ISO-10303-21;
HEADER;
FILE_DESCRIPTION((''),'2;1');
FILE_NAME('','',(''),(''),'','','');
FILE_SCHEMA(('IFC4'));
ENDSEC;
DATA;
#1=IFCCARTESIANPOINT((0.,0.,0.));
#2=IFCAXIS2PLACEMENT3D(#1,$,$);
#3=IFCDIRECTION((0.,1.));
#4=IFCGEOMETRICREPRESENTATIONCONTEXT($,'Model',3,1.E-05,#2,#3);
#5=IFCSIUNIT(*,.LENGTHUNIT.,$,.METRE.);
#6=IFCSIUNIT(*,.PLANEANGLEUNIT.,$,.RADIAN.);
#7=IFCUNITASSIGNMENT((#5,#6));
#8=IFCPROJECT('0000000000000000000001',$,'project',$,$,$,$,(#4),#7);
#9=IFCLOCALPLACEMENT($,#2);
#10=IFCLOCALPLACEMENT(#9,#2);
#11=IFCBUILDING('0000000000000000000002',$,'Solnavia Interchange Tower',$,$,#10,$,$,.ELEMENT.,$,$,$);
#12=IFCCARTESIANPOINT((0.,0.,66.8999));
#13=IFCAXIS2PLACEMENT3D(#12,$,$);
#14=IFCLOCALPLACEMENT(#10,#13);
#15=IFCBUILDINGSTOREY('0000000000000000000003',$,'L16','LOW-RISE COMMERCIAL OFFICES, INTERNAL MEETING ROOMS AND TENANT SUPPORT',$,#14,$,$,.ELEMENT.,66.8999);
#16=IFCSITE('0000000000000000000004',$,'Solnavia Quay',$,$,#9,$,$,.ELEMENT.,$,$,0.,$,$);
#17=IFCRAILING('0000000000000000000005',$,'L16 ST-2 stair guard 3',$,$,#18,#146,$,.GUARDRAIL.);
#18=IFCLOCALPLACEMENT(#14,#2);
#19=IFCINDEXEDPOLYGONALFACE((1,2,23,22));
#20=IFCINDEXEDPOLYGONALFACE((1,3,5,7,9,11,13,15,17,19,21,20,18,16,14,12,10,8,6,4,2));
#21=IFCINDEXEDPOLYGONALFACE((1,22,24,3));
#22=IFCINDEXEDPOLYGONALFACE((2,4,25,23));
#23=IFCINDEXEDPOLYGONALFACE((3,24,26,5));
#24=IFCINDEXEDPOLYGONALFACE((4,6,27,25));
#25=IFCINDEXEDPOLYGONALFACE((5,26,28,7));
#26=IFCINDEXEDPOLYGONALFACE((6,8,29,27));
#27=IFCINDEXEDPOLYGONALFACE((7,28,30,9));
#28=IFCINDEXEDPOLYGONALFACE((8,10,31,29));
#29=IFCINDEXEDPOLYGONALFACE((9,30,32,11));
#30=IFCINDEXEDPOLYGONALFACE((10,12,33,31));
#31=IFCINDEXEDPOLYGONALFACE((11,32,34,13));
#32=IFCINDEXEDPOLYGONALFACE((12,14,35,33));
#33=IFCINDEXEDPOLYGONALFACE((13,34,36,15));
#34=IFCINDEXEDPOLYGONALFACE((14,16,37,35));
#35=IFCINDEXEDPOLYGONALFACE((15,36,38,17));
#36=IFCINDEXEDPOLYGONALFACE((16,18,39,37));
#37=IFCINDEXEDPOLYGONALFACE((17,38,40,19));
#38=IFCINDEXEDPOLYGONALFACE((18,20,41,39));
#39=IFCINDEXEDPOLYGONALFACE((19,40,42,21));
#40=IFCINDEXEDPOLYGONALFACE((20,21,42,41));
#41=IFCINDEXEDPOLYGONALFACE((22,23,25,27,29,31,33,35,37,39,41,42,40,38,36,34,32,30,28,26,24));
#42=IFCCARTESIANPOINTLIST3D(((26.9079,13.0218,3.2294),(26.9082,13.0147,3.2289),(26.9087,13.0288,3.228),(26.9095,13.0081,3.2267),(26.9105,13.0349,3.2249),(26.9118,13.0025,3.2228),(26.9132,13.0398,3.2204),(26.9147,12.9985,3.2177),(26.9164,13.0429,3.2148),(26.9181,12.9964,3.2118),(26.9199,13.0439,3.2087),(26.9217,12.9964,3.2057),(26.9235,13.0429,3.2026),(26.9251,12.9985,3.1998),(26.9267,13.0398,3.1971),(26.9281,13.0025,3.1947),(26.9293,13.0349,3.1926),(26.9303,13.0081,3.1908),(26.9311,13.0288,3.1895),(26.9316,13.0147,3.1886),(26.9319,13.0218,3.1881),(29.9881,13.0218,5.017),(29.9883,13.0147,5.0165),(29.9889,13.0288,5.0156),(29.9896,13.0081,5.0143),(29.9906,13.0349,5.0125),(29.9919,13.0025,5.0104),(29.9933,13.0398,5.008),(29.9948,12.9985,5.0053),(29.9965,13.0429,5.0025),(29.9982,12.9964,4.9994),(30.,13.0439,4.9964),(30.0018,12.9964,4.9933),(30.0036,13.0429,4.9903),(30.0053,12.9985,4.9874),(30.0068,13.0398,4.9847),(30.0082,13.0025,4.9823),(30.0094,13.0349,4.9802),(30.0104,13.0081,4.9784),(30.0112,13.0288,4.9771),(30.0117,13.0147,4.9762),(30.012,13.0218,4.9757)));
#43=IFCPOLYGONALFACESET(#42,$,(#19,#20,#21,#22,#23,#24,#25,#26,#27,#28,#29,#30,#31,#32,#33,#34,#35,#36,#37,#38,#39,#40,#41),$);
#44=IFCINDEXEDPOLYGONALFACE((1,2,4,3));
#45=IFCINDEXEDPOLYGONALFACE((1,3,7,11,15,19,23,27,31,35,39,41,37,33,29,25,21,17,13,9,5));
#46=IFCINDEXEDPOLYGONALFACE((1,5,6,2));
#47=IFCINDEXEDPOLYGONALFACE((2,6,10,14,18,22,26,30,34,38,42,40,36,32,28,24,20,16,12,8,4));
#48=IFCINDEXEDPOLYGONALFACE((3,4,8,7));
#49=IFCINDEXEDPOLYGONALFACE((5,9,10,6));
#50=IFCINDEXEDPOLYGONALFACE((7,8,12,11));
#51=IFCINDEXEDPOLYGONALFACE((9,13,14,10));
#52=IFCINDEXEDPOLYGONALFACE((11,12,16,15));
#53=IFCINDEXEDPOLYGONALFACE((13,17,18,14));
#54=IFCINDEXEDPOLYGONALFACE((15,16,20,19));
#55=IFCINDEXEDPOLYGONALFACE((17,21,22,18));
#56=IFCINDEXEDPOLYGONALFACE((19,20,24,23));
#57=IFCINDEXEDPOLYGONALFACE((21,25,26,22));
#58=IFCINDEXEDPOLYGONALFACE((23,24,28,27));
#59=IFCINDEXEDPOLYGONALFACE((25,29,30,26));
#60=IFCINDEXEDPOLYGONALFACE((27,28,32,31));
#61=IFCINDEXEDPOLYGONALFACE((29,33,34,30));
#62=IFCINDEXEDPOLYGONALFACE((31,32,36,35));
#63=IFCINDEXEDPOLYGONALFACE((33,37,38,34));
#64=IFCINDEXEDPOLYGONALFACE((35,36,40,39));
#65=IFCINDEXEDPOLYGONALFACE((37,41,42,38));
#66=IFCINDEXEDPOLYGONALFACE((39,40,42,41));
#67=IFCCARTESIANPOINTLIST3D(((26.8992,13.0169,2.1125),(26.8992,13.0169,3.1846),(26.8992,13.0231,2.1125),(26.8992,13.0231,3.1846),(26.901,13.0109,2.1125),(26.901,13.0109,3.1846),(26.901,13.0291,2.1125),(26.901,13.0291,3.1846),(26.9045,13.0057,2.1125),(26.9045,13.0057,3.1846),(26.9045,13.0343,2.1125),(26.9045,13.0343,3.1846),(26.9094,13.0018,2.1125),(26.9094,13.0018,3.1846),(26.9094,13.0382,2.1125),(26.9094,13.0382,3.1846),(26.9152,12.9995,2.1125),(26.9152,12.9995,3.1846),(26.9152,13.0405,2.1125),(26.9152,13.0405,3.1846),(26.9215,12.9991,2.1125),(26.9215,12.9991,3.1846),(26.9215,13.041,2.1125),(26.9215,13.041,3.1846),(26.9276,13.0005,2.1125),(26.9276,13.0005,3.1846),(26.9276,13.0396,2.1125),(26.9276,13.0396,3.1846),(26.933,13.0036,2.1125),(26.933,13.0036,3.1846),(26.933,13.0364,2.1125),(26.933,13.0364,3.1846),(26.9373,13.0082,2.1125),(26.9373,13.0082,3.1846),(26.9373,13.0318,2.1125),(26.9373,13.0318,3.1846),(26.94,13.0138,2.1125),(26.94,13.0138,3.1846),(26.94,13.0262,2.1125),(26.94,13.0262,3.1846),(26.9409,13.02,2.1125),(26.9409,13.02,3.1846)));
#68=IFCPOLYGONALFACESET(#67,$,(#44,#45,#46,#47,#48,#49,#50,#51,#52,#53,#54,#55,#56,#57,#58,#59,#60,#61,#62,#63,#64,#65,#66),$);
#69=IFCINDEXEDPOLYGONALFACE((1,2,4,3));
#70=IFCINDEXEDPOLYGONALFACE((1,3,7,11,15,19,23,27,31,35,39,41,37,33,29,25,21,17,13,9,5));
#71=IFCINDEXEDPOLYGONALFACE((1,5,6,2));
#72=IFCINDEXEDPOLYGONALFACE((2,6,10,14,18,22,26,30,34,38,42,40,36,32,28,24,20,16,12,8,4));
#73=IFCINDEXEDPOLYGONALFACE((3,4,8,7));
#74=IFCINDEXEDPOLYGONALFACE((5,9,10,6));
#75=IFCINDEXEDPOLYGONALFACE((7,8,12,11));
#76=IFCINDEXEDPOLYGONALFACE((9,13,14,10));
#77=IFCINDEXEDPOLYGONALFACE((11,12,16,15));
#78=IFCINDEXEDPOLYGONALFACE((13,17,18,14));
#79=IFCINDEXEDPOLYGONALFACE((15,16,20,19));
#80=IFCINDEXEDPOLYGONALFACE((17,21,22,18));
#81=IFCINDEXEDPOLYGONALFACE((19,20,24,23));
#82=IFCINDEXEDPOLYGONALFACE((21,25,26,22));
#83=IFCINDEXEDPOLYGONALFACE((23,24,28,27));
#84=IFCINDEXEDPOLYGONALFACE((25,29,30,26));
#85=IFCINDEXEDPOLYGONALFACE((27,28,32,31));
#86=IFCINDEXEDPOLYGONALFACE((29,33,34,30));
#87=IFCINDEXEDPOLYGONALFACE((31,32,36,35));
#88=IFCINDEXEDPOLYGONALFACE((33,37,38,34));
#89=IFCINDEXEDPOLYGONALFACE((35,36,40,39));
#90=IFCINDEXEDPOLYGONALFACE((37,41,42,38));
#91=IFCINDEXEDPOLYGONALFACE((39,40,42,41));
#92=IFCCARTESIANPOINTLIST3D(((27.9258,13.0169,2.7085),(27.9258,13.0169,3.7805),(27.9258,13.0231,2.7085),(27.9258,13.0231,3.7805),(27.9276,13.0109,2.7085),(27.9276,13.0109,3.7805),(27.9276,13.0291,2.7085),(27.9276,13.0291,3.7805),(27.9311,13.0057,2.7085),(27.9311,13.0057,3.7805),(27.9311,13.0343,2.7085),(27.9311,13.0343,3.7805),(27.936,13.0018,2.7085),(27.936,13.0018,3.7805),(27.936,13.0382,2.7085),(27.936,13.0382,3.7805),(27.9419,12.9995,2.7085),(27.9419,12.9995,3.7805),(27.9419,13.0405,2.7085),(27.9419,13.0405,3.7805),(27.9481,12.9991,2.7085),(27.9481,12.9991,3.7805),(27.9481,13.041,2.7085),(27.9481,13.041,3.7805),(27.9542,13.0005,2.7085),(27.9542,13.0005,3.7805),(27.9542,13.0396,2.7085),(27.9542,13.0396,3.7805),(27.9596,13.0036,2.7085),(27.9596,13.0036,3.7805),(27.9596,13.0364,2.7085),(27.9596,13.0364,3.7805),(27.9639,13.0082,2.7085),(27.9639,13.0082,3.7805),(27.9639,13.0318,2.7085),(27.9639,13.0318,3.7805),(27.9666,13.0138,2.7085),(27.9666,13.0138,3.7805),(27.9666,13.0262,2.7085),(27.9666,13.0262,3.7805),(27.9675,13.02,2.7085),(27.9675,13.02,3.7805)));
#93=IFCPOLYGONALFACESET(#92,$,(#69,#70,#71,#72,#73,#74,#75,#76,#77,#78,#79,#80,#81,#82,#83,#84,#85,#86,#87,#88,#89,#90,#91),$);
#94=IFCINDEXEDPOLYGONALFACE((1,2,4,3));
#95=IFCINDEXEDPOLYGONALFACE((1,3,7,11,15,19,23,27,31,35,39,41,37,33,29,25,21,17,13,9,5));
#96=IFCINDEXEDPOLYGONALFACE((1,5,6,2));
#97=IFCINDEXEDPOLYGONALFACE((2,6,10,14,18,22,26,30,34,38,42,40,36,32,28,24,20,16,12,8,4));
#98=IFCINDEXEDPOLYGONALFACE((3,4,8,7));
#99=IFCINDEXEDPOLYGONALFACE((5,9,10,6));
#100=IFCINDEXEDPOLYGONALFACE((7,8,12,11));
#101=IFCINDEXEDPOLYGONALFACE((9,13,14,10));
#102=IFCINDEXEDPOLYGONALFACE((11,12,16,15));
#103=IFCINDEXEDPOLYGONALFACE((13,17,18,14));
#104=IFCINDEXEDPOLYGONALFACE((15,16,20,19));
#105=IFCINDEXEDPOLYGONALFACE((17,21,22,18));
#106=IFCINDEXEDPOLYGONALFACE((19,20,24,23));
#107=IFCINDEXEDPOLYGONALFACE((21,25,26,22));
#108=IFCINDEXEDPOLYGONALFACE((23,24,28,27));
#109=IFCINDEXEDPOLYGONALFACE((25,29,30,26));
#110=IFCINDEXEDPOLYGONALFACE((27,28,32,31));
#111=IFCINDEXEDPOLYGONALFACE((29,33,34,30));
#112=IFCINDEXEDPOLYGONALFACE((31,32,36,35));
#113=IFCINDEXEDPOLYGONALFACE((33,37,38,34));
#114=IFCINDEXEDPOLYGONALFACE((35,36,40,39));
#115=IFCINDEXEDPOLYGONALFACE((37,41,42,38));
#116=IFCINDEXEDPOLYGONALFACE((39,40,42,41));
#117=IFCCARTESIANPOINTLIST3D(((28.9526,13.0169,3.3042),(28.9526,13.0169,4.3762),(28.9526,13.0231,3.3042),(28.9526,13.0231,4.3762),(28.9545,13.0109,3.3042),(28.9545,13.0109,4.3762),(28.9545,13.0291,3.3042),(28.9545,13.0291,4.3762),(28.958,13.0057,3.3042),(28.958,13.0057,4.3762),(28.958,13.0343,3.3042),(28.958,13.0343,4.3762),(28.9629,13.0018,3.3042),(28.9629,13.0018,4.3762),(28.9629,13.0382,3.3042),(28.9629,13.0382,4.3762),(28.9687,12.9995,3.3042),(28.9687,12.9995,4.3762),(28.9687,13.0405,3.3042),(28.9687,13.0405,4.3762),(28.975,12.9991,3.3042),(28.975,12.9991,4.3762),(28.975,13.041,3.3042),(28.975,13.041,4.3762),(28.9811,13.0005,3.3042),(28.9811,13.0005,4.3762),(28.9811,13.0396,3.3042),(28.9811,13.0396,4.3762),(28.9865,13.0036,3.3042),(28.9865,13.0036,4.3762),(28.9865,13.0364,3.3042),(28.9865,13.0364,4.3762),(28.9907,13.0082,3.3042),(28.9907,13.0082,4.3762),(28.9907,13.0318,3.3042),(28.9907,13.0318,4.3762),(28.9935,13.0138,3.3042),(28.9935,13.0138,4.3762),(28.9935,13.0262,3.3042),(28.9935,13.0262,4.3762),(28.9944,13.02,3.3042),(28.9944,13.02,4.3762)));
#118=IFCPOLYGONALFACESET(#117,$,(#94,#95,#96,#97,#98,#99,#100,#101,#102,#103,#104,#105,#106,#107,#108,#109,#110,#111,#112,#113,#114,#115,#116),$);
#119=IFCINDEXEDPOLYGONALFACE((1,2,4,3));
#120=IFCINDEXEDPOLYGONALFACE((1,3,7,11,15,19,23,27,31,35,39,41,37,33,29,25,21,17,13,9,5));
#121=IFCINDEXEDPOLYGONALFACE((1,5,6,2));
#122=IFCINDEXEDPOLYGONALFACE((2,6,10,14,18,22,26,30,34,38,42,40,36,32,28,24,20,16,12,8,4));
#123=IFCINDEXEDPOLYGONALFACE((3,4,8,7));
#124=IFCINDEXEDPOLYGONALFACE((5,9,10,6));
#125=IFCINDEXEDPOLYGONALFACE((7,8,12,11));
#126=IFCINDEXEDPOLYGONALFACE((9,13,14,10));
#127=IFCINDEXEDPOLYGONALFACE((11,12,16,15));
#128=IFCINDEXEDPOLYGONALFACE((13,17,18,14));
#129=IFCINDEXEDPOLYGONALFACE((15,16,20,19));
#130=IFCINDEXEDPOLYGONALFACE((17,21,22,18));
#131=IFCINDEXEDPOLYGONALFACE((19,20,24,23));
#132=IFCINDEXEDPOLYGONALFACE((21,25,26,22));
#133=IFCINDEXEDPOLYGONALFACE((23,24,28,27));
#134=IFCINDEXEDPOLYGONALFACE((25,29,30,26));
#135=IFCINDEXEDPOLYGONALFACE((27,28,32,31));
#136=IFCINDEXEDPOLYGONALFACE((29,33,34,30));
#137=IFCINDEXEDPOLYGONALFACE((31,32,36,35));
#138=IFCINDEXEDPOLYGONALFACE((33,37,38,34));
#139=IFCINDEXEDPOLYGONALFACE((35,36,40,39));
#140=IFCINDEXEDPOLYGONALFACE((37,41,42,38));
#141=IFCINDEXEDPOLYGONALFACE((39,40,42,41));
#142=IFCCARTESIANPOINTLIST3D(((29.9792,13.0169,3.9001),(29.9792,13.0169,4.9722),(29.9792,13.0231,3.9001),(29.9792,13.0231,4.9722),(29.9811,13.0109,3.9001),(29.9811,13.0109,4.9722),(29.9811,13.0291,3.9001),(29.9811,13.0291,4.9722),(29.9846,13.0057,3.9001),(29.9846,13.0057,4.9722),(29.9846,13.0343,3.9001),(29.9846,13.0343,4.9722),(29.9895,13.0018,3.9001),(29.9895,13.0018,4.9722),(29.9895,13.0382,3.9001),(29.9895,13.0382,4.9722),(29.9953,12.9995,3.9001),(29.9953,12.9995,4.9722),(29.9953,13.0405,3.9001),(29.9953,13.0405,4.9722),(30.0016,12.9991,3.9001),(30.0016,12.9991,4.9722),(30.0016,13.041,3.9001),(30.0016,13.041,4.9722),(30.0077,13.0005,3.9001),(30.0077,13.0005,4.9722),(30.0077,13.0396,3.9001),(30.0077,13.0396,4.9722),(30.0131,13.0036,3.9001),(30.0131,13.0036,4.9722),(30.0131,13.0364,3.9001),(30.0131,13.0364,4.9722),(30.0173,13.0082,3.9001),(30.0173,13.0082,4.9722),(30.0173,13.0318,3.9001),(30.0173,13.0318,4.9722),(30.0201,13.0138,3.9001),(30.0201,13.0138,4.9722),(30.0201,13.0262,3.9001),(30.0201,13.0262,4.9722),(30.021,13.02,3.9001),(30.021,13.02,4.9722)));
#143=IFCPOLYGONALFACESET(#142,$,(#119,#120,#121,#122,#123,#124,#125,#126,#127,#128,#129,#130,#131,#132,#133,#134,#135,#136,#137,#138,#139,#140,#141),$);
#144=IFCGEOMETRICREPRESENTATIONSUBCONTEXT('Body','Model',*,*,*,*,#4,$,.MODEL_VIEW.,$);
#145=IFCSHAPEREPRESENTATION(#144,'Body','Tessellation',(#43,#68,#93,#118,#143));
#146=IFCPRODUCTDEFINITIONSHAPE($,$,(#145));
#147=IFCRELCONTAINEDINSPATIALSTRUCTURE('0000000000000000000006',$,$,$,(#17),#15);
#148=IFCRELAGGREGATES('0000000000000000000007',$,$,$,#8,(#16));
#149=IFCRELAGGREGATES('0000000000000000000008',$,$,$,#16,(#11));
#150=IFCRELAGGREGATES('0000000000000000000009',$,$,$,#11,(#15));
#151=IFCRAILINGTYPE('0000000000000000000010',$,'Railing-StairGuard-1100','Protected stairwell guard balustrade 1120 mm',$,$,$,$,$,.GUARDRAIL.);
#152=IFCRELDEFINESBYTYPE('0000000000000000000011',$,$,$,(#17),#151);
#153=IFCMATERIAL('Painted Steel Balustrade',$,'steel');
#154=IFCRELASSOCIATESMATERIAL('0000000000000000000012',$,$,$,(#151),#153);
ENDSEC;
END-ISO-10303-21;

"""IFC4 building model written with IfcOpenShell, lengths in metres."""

from ifc_helpers import new_model, si_unit, direction, frame, origin, origin_2d, place, context, subcontext, project, spatial, circle, extrude, material, type_object, element, save


model = new_model("IFC4")

# Units and contexts
model_context = context("Model", 3, precision=1e-05, world=origin(), true_north=direction((0.0, 1.0)))
body_context = subcontext(model_context, "Body", "Model", "MODEL_VIEW")
ifc_project = project(units=[si_unit("LENGTHUNIT", "METRE"), si_unit("PLANEANGLEUNIT", "RADIAN")], contexts=[model_context])

# Site, building, storey
site_placement = place(None, origin())
site = spatial("IfcSite", under=ifc_project, at=site_placement, Name="Solnavia Quay", CompositionType="ELEMENT", RefElevation=0.0)
building_placement = place(site_placement, origin())
building = spatial("IfcBuilding", under=site, at=building_placement, Name="Solnavia Interchange Tower", CompositionType="ELEMENT")
storey_placement = place(building_placement, frame((0.0, 0.0, 66.8999)))
storey = spatial("IfcBuildingStorey", under=building, at=storey_placement, Name="L16", Description="LOW-RISE COMMERCIAL OFFICES, INTERNAL MEETING ROOMS AND TENANT SUPPORT", CompositionType="ELEMENT", Elevation=66.8999)

# Railing
ifc_material_1 = material(Name="Painted Steel Balustrade", Category="steel")
railing_type_1 = type_object("IfcRailingType", Name="Railing-StairGuard-1100", Description="Protected stairwell guard balustrade 1120 mm", PredefinedType="GUARDRAIL", material=ifc_material_1)
railing_1_placement = place(storey_placement, frame((26.9199, 13.02, 2.1125)))
element("IfcRailing", 1, at=railing_1_placement, inside=storey, type_object=railing_type_1, Name="L16 ST-2 stair guard 3", PredefinedType="GUARDRAIL", context=body_context, shape_type="SweptSolid", body=[
    extrude(circle(Radius=0.0239, at=origin_2d()), frame((0.0, 0.0, 1.0962), z_axis=(0.864891, 0.0, 0.50196), x_axis=(0.0, 1.0, 0.0)), (0.0, 0.0, 1.0), 3.5613),
    extrude(circle(Radius=0.021, at=origin_2d()), origin(), (0.0, 0.0, 1.0), 1.072),
    extrude(circle(Radius=0.021, at=origin_2d()), frame((1.0266, 0.0, 0.5959)), (0.0, 0.0, 1.0), 1.072),
    extrude(circle(Radius=0.021, at=origin_2d()), frame((2.0535, 0.0, 1.1917)), (0.0, 0.0, 1.0), 1.072),
    extrude(circle(Radius=0.021, at=origin_2d()), frame((3.0801, 0.0, 1.7876)), (0.0, 0.0, 1.0), 1.072),
])

save(model, "model.ifc")
